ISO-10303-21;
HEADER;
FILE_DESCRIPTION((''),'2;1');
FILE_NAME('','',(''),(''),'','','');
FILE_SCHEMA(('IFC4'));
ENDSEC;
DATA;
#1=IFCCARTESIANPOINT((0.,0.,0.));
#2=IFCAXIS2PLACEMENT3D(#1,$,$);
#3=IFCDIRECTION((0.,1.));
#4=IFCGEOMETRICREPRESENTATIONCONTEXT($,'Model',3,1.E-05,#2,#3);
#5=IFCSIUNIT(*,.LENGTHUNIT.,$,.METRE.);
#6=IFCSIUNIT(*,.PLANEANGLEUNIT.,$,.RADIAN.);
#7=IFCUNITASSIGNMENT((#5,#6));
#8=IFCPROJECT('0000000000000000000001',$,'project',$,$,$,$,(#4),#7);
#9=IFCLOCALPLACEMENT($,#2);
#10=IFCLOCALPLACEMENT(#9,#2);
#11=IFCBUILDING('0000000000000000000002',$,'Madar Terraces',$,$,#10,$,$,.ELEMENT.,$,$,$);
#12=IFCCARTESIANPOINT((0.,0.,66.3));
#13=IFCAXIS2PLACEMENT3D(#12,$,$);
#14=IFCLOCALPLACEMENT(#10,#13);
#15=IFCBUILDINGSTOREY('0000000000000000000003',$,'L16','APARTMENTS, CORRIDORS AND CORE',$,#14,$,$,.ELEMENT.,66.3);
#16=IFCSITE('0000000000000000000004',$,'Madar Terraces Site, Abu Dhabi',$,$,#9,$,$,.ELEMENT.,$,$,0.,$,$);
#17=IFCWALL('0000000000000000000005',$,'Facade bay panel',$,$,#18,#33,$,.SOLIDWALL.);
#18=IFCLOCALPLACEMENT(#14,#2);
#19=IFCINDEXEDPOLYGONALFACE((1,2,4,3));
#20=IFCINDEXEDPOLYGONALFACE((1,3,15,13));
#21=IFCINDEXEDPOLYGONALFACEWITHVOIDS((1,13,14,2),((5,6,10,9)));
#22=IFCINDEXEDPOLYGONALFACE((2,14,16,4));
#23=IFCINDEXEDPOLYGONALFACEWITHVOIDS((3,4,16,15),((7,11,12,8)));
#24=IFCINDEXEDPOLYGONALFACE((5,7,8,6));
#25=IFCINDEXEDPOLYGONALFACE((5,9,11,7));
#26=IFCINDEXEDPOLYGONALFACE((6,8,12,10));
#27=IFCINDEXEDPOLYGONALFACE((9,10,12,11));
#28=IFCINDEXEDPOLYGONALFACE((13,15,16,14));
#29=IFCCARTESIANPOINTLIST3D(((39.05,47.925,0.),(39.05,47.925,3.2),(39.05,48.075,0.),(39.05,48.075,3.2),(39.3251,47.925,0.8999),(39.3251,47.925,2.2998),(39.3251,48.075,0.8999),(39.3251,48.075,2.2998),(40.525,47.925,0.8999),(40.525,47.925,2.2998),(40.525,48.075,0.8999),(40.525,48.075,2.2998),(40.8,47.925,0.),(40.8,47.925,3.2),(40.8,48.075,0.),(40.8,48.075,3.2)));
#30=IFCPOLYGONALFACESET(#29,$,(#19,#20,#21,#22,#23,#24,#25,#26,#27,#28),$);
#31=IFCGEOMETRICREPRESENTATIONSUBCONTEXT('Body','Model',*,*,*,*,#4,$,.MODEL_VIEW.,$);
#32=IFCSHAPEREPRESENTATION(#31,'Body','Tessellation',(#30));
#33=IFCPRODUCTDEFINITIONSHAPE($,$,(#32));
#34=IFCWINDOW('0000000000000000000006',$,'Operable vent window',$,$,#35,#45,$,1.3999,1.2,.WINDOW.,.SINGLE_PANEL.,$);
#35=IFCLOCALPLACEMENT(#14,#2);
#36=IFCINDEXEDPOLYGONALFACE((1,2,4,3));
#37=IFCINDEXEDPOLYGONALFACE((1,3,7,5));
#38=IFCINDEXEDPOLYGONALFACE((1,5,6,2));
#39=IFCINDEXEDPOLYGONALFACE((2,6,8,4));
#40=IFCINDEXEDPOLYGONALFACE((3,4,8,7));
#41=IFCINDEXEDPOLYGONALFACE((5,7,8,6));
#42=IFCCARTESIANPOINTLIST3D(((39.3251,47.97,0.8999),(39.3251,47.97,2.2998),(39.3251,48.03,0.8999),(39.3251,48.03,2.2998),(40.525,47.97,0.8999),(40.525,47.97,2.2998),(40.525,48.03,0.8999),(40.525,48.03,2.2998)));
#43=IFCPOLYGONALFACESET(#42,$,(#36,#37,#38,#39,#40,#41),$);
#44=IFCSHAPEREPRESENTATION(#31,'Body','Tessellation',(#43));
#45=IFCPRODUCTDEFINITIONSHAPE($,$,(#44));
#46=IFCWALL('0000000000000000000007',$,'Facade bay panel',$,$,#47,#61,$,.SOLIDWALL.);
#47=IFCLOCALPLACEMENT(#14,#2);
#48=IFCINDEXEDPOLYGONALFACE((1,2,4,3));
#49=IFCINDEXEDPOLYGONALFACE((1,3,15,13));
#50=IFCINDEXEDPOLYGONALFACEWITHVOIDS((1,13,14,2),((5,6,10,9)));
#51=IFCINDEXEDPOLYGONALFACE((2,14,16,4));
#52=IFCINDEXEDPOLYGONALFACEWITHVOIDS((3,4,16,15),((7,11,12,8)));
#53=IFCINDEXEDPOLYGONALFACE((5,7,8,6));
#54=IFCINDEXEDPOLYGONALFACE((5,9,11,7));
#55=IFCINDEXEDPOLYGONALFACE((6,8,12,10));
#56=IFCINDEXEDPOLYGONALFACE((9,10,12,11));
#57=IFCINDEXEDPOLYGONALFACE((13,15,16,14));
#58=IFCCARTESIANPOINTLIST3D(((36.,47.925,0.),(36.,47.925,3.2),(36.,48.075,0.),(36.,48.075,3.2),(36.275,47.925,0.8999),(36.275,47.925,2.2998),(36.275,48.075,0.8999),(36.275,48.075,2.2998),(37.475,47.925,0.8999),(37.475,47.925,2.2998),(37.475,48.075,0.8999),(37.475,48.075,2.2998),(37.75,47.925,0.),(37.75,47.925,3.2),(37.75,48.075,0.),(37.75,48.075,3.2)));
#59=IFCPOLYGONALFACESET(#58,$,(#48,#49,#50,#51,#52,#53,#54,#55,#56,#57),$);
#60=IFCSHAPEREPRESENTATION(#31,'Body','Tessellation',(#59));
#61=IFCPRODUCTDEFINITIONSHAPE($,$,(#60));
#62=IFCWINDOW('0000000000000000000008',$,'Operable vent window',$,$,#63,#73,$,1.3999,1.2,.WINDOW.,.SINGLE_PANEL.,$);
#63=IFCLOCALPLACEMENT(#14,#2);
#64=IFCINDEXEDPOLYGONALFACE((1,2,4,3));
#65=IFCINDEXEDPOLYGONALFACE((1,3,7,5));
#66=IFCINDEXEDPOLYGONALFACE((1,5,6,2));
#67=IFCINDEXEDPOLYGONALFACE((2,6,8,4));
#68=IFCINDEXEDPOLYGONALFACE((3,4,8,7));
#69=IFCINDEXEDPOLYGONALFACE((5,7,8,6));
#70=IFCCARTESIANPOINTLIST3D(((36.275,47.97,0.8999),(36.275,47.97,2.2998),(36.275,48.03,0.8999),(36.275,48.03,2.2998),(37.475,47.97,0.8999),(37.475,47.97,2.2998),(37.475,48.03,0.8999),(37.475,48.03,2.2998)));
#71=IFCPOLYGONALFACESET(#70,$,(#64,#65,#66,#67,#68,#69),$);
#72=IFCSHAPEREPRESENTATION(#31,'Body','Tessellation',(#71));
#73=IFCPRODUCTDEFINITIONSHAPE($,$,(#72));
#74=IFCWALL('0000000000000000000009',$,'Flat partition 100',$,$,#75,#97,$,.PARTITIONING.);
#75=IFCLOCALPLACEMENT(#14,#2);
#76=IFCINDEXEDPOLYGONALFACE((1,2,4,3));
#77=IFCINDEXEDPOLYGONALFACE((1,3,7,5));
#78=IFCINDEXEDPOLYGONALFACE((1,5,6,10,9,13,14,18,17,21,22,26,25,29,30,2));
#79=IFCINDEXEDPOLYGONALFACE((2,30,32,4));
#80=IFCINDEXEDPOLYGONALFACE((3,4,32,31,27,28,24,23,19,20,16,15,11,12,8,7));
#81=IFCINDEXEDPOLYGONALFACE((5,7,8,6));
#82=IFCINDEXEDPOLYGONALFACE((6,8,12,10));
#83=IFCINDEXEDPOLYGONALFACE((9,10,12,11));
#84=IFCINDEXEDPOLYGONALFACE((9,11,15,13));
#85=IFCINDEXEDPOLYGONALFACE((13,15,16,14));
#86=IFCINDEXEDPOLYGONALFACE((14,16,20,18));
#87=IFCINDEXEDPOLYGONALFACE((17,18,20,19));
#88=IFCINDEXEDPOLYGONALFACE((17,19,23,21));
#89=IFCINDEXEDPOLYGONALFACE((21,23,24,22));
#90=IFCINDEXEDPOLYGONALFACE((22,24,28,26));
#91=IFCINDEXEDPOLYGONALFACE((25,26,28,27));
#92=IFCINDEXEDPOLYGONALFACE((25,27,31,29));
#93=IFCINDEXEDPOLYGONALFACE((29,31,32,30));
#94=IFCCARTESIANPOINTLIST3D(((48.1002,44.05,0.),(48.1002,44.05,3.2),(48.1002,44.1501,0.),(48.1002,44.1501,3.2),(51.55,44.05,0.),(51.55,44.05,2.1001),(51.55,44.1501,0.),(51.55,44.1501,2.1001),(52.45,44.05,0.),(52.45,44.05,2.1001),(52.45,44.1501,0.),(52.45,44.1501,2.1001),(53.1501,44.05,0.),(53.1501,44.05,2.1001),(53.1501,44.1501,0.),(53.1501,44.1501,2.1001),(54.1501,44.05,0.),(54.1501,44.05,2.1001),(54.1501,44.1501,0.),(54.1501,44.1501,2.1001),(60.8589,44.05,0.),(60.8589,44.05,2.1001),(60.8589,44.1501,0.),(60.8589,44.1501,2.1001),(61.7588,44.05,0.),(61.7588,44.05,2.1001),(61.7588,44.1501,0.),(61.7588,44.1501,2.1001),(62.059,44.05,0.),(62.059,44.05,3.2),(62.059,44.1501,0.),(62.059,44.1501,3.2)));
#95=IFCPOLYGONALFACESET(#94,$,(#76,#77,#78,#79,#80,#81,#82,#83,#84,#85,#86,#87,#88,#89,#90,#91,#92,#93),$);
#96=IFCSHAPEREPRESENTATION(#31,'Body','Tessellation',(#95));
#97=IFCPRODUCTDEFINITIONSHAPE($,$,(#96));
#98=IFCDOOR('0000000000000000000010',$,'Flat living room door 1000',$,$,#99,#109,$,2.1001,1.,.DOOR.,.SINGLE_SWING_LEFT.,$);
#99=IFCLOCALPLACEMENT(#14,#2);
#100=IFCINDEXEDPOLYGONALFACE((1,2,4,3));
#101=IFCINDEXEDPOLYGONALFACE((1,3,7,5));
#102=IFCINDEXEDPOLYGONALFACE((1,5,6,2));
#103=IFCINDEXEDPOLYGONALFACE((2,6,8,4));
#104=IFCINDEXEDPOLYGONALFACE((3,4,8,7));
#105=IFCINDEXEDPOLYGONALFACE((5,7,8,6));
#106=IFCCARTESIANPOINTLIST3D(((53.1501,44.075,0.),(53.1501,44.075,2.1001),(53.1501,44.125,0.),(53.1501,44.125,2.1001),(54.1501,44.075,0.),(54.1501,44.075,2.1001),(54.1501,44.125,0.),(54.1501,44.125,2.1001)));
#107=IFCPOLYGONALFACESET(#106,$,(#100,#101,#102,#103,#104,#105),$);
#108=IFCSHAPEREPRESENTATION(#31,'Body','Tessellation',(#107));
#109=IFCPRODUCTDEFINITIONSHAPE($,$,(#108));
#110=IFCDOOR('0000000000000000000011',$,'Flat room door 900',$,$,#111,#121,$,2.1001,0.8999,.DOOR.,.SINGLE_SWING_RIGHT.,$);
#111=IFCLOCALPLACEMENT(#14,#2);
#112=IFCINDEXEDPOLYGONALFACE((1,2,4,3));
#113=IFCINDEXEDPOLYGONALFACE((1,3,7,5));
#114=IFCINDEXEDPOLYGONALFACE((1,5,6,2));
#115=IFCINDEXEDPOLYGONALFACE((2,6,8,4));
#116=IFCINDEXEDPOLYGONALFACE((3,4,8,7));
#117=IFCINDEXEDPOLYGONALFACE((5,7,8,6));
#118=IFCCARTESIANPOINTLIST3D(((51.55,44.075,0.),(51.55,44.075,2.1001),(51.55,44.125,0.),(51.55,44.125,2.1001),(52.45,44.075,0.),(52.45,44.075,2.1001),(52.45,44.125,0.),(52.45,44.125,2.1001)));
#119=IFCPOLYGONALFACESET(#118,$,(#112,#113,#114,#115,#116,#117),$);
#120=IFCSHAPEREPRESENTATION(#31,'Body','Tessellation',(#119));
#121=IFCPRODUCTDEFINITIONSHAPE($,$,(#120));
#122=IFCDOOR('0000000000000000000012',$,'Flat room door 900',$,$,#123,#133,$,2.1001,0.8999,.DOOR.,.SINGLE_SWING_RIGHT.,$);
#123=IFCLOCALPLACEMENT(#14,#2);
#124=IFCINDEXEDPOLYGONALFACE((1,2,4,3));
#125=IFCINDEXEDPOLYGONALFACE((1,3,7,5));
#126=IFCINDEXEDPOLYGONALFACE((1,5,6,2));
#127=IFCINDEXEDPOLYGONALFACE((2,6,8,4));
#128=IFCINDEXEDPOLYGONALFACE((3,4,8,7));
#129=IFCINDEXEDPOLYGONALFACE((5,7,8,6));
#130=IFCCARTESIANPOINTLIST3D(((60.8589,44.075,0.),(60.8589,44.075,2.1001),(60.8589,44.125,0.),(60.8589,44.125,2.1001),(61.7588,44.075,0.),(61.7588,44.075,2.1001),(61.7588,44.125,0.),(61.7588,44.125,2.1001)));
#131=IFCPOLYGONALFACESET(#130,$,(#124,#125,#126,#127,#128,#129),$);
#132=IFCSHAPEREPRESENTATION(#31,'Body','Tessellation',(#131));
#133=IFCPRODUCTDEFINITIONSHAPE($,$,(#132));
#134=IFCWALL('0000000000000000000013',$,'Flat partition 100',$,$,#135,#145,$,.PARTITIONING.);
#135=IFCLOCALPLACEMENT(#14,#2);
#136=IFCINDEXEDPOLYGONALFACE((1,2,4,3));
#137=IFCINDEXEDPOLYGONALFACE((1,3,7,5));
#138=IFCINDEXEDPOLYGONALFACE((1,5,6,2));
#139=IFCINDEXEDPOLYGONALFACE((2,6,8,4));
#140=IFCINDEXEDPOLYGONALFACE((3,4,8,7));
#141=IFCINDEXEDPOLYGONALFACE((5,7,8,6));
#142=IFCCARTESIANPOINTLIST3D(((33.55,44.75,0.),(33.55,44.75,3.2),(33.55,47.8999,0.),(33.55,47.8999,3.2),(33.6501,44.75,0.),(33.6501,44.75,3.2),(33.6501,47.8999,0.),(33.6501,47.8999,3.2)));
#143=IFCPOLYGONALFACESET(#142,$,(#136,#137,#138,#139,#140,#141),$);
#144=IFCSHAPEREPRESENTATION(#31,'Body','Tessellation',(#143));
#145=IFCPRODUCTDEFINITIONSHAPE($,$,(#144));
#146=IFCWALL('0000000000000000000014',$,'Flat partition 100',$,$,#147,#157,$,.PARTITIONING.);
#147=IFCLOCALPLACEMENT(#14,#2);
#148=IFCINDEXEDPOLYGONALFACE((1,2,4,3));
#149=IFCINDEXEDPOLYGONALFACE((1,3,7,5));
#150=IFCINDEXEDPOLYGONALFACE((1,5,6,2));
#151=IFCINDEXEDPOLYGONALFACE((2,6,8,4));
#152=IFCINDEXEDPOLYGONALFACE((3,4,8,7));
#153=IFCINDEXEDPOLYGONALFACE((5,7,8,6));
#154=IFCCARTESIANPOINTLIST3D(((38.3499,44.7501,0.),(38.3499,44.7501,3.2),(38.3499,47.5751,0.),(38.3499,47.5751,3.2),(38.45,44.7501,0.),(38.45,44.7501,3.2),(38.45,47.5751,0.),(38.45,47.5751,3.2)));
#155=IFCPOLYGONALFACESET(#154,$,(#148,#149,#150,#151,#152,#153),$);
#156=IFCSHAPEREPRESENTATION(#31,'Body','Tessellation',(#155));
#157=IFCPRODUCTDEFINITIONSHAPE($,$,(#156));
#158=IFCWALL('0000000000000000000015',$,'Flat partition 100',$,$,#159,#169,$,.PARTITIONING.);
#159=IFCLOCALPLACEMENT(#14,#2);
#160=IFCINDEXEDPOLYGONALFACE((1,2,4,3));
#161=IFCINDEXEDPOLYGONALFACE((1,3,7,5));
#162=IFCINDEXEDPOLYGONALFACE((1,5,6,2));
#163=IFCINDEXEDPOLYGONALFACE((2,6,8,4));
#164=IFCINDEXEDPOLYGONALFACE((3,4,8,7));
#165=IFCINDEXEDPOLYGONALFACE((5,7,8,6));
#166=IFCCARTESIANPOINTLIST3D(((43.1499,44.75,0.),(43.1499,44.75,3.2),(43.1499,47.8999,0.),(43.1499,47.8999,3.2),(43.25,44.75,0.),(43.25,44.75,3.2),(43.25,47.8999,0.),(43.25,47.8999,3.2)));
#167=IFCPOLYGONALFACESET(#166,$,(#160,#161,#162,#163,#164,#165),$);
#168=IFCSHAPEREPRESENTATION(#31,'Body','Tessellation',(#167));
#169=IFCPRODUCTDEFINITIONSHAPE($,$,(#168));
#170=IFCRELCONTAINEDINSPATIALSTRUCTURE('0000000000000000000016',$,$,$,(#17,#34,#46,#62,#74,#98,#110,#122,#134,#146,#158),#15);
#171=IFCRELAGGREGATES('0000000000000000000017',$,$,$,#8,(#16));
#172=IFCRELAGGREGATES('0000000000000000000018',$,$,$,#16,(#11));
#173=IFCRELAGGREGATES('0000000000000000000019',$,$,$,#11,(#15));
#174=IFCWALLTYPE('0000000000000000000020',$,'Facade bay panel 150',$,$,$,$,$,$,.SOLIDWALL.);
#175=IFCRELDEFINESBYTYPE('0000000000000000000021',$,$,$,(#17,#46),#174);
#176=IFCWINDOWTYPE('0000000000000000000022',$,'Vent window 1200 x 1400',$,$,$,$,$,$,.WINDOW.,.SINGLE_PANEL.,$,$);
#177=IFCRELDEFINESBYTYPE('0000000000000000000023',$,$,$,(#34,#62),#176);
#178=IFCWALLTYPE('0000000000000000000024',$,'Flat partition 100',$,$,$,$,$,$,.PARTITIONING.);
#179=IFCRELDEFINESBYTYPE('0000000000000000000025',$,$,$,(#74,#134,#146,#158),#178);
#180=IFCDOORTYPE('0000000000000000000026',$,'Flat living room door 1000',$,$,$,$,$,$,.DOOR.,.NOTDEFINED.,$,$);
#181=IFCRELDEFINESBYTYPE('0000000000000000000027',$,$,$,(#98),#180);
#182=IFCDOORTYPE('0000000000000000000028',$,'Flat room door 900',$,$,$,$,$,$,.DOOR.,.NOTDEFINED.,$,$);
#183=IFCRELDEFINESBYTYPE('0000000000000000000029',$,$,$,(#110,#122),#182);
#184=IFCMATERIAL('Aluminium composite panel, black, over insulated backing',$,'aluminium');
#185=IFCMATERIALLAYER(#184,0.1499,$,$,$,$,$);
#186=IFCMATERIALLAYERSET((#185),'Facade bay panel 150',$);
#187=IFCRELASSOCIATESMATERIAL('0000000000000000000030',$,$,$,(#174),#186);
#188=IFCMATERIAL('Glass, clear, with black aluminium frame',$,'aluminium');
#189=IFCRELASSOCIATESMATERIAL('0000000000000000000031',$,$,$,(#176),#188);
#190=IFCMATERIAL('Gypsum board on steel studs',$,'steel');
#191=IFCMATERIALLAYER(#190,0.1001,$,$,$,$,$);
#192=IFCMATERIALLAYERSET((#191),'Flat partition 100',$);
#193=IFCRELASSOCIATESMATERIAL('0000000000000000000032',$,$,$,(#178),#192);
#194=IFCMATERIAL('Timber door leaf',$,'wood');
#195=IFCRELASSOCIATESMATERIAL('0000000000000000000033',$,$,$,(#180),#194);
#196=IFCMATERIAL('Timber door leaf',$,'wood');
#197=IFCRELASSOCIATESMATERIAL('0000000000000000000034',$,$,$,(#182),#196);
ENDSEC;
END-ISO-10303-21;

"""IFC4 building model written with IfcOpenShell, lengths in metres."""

from ifc_helpers import new_model, si_unit, direction, frame, frame_2d, origin, place, context, subcontext, project, spatial, rectangle, extrude, material, layer, layer_set, type_object, element, fill, save


model = new_model("IFC4")

# Units and contexts
model_context = context("Model", 3, precision=1e-05, world=origin(), true_north=direction((0.0, 1.0)))
body_context = subcontext(model_context, "Body", "Model", "MODEL_VIEW")
ifc_project = project(units=[si_unit("LENGTHUNIT", "METRE"), si_unit("PLANEANGLEUNIT", "RADIAN")], contexts=[model_context])

# Site, building, storey
site_placement = place(None, origin())
site = spatial("IfcSite", under=ifc_project, at=site_placement, Name="Madar Terraces Site, Abu Dhabi", CompositionType="ELEMENT", RefElevation=0.0)
building_placement = place(site_placement, origin())
building = spatial("IfcBuilding", under=site, at=building_placement, Name="Madar Terraces", CompositionType="ELEMENT")
storey_placement = place(building_placement, frame((0.0, 0.0, 66.3)))
storey = spatial("IfcBuildingStorey", under=building, at=storey_placement, Name="L16", Description="APARTMENTS, CORRIDORS AND CORE", CompositionType="ELEMENT", Elevation=66.3)

# Walls, openings, windows
ifc_material_1 = material(Name="Aluminium composite panel, black, over insulated backing", Category="aluminium")
ifc_layer_1 = layer(ifc_material_1, 0.1499)
ifc_layer_set_1 = layer_set([ifc_layer_1], Name="Facade bay panel 150")
wall_type_1 = type_object("IfcWallType", Name="Facade bay panel 150", PredefinedType="SOLIDWALL", material=ifc_layer_set_1)
ifc_material_2 = material(Name="Glass, clear, with black aluminium frame", Category="aluminium")
window_type = type_object("IfcWindowType", Name="Vent window 1200 x 1400", PartitioningType="SINGLE_PANEL", PredefinedType="WINDOW", material=ifc_material_2)
wall_1_placement = place(storey_placement, frame((40.8, 48.0, 0.0), z_axis=(0.0, 0.0, 1.0), x_axis=(-1.0, 0.0, 0.0)))
wall_1 = element("IfcWall", 1, at=wall_1_placement, inside=storey, type_object=wall_type_1, Name="Facade bay panel", PredefinedType="SOLIDWALL", context=body_context, shape_type="SweptSolid", body=[
    extrude(rectangle(XDim=1.75, YDim=0.1499, at=frame_2d((0.875, 0.0))), origin(), (0.0, 0.0, 1.0), 3.2),
])
opening_1_placement = place(wall_1_placement, frame((0.2749, 0.0, 0.8999)))
opening_1 = element("IfcOpeningElement", 2, at=opening_1_placement, cuts=wall_1, PredefinedType="OPENING", context=body_context, shape_type="SweptSolid", body=[
    extrude(rectangle(XDim=1.2, YDim=1.3999, at=frame_2d((0.6001, 0.7))), frame((0.0, 0.085, 0.0), z_axis=(0.0, -1.0, 0.0), x_axis=(1.0, 0.0, 0.0)), (0.0, 0.0, 1.0), 0.1699),
])
window_1_placement = place(opening_1_placement, origin())
window_1 = element("IfcWindow", 3, at=window_1_placement, inside=storey, type_object=window_type, Name="Operable vent window", OverallHeight=1.3999, OverallWidth=1.2, PartitioningType="SINGLE_PANEL", PredefinedType="WINDOW", context=body_context, shape_type="SweptSolid", body=[
    extrude(rectangle(XDim=1.2, YDim=1.3999, at=frame_2d((0.6001, 0.7))), frame((0.0, 0.03, 0.0), z_axis=(0.0, -1.0, 0.0), x_axis=(1.0, 0.0, 0.0)), (0.0, 0.0, 1.0), 0.0601),
])
fill(opening_1, window_1)
wall_2_placement = place(storey_placement, frame((37.75, 48.0, 0.0), z_axis=(0.0, 0.0, 1.0), x_axis=(-1.0, 0.0, 0.0)))
wall_2 = element("IfcWall", 4, at=wall_2_placement, inside=storey, type_object=wall_type_1, Name="Facade bay panel", PredefinedType="SOLIDWALL", context=body_context, shape_type="SweptSolid", body=[
    extrude(rectangle(XDim=1.75, YDim=0.1499, at=frame_2d((0.875, 0.0))), origin(), (0.0, 0.0, 1.0), 3.2),
])
opening_2_placement = place(wall_2_placement, frame((0.2749, 0.0, 0.8999)))
opening_2 = element("IfcOpeningElement", 5, at=opening_2_placement, cuts=wall_2, PredefinedType="OPENING", context=body_context, shape_type="SweptSolid", body=[
    extrude(rectangle(XDim=1.2, YDim=1.3999, at=frame_2d((0.6001, 0.7))), frame((0.0, 0.085, 0.0), z_axis=(0.0, -1.0, 0.0), x_axis=(1.0, 0.0, 0.0)), (0.0, 0.0, 1.0), 0.1699),
])
window_2_placement = place(opening_2_placement, origin())
window_2 = element("IfcWindow", 6, at=window_2_placement, inside=storey, type_object=window_type, Name="Operable vent window", OverallHeight=1.3999, OverallWidth=1.2, PartitioningType="SINGLE_PANEL", PredefinedType="WINDOW", context=body_context, shape_type="SweptSolid", body=[
    extrude(rectangle(XDim=1.2, YDim=1.3999, at=frame_2d((0.6001, 0.7))), frame((0.0, 0.03, 0.0), z_axis=(0.0, -1.0, 0.0), x_axis=(1.0, 0.0, 0.0)), (0.0, 0.0, 1.0), 0.0601),
])
fill(opening_2, window_2)

# Wall, openings, doors
ifc_material_3 = material(Name="Gypsum board on steel studs", Category="steel")
ifc_layer_2 = layer(ifc_material_3, 0.1001)
ifc_layer_set_2 = layer_set([ifc_layer_2], Name="Flat partition 100")
wall_type_2 = type_object("IfcWallType", Name="Flat partition 100", PredefinedType="PARTITIONING", material=ifc_layer_set_2)
wall_3_placement = place(storey_placement, frame((48.1001, 44.1001, 0.0), z_axis=(0.0, 0.0, 1.0), x_axis=(1.0, 0.0, 0.0)))
wall_3 = element("IfcWall", 7, at=wall_3_placement, inside=storey, type_object=wall_type_2, Name="Flat partition 100", PredefinedType="PARTITIONING", context=body_context, shape_type="SweptSolid", body=[
    extrude(rectangle(XDim=13.9587, YDim=0.1001, at=frame_2d((6.9795, 0.0))), origin(), (0.0, 0.0, 1.0), 3.2),
])
opening_3_placement = place(wall_3_placement, frame((3.45, 0.0, 0.0)))
opening_3 = element("IfcOpeningElement", 8, at=opening_3_placement, cuts=wall_3, PredefinedType="OPENING", context=body_context, shape_type="SweptSolid", body=[
    extrude(rectangle(XDim=0.8999, YDim=2.1001, at=frame_2d((0.45, 1.05))), frame((0.0, 0.0601, 0.0), z_axis=(0.0, -1.0, 0.0), x_axis=(1.0, 0.0, 0.0)), (0.0, 0.0, 1.0), 0.1201),
])
opening_4_placement = place(wall_3_placement, frame((5.05, 0.0, 0.0)))
opening_4 = element("IfcOpeningElement", 9, at=opening_4_placement, cuts=wall_3, PredefinedType="OPENING", context=body_context, shape_type="SweptSolid", body=[
    extrude(rectangle(XDim=1.0, YDim=2.1001, at=frame_2d((0.5, 1.05))), frame((0.0, 0.0601, 0.0), z_axis=(0.0, -1.0, 0.0), x_axis=(1.0, 0.0, 0.0)), (0.0, 0.0, 1.0), 0.1201),
])
opening_5_placement = place(wall_3_placement, frame((12.7588, 0.0, 0.0)))
opening_5 = element("IfcOpeningElement", 10, at=opening_5_placement, cuts=wall_3, PredefinedType="OPENING", context=body_context, shape_type="SweptSolid", body=[
    extrude(rectangle(XDim=0.8999, YDim=2.1001, at=frame_2d((0.45, 1.05))), frame((0.0, 0.0601, 0.0), z_axis=(0.0, -1.0, 0.0), x_axis=(1.0, 0.0, 0.0)), (0.0, 0.0, 1.0), 0.1201),
])
ifc_material_4 = material(Name="Timber door leaf", Category="wood")
door_type_1 = type_object("IfcDoorType", Name="Flat living room door 1000", OperationType="NOTDEFINED", PredefinedType="DOOR", material=ifc_material_4)
door_1_placement = place(opening_4_placement, origin())
door_1 = element("IfcDoor", 11, at=door_1_placement, inside=storey, type_object=door_type_1, Name="Flat living room door 1000", OperationType="SINGLE_SWING_LEFT", OverallHeight=2.1001, OverallWidth=1.0, PredefinedType="DOOR", context=body_context, shape_type="SweptSolid", body=[
    extrude(rectangle(XDim=1.0, YDim=2.1001, at=frame_2d((0.5, 1.05))), frame((0.0, 0.0249, 0.0), z_axis=(0.0, -1.0, 0.0), x_axis=(1.0, 0.0, 0.0)), (0.0, 0.0, 1.0), 0.05),
])
fill(opening_4, door_1)
ifc_material_5 = material(Name="Timber door leaf", Category="wood")
door_type_2 = type_object("IfcDoorType", Name="Flat room door 900", OperationType="NOTDEFINED", PredefinedType="DOOR", material=ifc_material_5)
door_2_placement = place(opening_3_placement, origin())
door_2 = element("IfcDoor", 12, at=door_2_placement, inside=storey, type_object=door_type_2, Name="Flat room door 900", OperationType="SINGLE_SWING_RIGHT", OverallHeight=2.1001, OverallWidth=0.8999, PredefinedType="DOOR", context=body_context, shape_type="SweptSolid", body=[
    extrude(rectangle(XDim=0.8999, YDim=2.1001, at=frame_2d((0.45, 1.05))), frame((0.0, 0.0249, 0.0), z_axis=(0.0, -1.0, 0.0), x_axis=(1.0, 0.0, 0.0)), (0.0, 0.0, 1.0), 0.05),
])
fill(opening_3, door_2)
door_3_placement = place(opening_5_placement, origin())
door_3 = element("IfcDoor", 13, at=door_3_placement, inside=storey, type_object=door_type_2, Name="Flat room door 900", OperationType="SINGLE_SWING_RIGHT", OverallHeight=2.1001, OverallWidth=0.8999, PredefinedType="DOOR", context=body_context, shape_type="SweptSolid", body=[
    extrude(rectangle(XDim=0.8999, YDim=2.1001, at=frame_2d((0.45, 1.05))), frame((0.0, 0.0249, 0.0), z_axis=(0.0, -1.0, 0.0), x_axis=(1.0, 0.0, 0.0)), (0.0, 0.0, 1.0), 0.05),
])
fill(opening_5, door_3)

# Walls
wall_4_placement = place(storey_placement, frame((33.6001, 44.75, 0.0), z_axis=(0.0, 0.0, 1.0), x_axis=(0.0, 1.0, 0.0)))
element("IfcWall", 14, at=wall_4_placement, inside=storey, type_object=wall_type_2, Name="Flat partition 100", PredefinedType="PARTITIONING", context=body_context, shape_type="SweptSolid", body=[
    extrude(rectangle(XDim=3.1499, YDim=0.1001, at=frame_2d((1.575, 0.0))), origin(), (0.0, 0.0, 1.0), 3.2),
])
wall_5_placement = place(storey_placement, frame((38.3999, 44.75, 0.0), z_axis=(0.0, 0.0, 1.0), x_axis=(0.0, 1.0, 0.0)))
element("IfcWall", 15, at=wall_5_placement, inside=storey, type_object=wall_type_2, Name="Flat partition 100", PredefinedType="PARTITIONING", context=body_context, shape_type="SweptSolid", body=[
    extrude(rectangle(XDim=2.825, YDim=0.1001, at=frame_2d((1.4126, 0.0))), origin(), (0.0, 0.0, 1.0), 3.2),
])
wall_6_placement = place(storey_placement, frame((43.2, 44.75, 0.0), z_axis=(0.0, 0.0, 1.0), x_axis=(0.0, 1.0, 0.0)))
element("IfcWall", 16, at=wall_6_placement, inside=storey, type_object=wall_type_2, Name="Flat partition 100", PredefinedType="PARTITIONING", context=body_context, shape_type="SweptSolid", body=[
    extrude(rectangle(XDim=3.1499, YDim=0.1001, at=frame_2d((1.575, 0.0))), origin(), (0.0, 0.0, 1.0), 3.2),
])

save(model, "model.ifc")
